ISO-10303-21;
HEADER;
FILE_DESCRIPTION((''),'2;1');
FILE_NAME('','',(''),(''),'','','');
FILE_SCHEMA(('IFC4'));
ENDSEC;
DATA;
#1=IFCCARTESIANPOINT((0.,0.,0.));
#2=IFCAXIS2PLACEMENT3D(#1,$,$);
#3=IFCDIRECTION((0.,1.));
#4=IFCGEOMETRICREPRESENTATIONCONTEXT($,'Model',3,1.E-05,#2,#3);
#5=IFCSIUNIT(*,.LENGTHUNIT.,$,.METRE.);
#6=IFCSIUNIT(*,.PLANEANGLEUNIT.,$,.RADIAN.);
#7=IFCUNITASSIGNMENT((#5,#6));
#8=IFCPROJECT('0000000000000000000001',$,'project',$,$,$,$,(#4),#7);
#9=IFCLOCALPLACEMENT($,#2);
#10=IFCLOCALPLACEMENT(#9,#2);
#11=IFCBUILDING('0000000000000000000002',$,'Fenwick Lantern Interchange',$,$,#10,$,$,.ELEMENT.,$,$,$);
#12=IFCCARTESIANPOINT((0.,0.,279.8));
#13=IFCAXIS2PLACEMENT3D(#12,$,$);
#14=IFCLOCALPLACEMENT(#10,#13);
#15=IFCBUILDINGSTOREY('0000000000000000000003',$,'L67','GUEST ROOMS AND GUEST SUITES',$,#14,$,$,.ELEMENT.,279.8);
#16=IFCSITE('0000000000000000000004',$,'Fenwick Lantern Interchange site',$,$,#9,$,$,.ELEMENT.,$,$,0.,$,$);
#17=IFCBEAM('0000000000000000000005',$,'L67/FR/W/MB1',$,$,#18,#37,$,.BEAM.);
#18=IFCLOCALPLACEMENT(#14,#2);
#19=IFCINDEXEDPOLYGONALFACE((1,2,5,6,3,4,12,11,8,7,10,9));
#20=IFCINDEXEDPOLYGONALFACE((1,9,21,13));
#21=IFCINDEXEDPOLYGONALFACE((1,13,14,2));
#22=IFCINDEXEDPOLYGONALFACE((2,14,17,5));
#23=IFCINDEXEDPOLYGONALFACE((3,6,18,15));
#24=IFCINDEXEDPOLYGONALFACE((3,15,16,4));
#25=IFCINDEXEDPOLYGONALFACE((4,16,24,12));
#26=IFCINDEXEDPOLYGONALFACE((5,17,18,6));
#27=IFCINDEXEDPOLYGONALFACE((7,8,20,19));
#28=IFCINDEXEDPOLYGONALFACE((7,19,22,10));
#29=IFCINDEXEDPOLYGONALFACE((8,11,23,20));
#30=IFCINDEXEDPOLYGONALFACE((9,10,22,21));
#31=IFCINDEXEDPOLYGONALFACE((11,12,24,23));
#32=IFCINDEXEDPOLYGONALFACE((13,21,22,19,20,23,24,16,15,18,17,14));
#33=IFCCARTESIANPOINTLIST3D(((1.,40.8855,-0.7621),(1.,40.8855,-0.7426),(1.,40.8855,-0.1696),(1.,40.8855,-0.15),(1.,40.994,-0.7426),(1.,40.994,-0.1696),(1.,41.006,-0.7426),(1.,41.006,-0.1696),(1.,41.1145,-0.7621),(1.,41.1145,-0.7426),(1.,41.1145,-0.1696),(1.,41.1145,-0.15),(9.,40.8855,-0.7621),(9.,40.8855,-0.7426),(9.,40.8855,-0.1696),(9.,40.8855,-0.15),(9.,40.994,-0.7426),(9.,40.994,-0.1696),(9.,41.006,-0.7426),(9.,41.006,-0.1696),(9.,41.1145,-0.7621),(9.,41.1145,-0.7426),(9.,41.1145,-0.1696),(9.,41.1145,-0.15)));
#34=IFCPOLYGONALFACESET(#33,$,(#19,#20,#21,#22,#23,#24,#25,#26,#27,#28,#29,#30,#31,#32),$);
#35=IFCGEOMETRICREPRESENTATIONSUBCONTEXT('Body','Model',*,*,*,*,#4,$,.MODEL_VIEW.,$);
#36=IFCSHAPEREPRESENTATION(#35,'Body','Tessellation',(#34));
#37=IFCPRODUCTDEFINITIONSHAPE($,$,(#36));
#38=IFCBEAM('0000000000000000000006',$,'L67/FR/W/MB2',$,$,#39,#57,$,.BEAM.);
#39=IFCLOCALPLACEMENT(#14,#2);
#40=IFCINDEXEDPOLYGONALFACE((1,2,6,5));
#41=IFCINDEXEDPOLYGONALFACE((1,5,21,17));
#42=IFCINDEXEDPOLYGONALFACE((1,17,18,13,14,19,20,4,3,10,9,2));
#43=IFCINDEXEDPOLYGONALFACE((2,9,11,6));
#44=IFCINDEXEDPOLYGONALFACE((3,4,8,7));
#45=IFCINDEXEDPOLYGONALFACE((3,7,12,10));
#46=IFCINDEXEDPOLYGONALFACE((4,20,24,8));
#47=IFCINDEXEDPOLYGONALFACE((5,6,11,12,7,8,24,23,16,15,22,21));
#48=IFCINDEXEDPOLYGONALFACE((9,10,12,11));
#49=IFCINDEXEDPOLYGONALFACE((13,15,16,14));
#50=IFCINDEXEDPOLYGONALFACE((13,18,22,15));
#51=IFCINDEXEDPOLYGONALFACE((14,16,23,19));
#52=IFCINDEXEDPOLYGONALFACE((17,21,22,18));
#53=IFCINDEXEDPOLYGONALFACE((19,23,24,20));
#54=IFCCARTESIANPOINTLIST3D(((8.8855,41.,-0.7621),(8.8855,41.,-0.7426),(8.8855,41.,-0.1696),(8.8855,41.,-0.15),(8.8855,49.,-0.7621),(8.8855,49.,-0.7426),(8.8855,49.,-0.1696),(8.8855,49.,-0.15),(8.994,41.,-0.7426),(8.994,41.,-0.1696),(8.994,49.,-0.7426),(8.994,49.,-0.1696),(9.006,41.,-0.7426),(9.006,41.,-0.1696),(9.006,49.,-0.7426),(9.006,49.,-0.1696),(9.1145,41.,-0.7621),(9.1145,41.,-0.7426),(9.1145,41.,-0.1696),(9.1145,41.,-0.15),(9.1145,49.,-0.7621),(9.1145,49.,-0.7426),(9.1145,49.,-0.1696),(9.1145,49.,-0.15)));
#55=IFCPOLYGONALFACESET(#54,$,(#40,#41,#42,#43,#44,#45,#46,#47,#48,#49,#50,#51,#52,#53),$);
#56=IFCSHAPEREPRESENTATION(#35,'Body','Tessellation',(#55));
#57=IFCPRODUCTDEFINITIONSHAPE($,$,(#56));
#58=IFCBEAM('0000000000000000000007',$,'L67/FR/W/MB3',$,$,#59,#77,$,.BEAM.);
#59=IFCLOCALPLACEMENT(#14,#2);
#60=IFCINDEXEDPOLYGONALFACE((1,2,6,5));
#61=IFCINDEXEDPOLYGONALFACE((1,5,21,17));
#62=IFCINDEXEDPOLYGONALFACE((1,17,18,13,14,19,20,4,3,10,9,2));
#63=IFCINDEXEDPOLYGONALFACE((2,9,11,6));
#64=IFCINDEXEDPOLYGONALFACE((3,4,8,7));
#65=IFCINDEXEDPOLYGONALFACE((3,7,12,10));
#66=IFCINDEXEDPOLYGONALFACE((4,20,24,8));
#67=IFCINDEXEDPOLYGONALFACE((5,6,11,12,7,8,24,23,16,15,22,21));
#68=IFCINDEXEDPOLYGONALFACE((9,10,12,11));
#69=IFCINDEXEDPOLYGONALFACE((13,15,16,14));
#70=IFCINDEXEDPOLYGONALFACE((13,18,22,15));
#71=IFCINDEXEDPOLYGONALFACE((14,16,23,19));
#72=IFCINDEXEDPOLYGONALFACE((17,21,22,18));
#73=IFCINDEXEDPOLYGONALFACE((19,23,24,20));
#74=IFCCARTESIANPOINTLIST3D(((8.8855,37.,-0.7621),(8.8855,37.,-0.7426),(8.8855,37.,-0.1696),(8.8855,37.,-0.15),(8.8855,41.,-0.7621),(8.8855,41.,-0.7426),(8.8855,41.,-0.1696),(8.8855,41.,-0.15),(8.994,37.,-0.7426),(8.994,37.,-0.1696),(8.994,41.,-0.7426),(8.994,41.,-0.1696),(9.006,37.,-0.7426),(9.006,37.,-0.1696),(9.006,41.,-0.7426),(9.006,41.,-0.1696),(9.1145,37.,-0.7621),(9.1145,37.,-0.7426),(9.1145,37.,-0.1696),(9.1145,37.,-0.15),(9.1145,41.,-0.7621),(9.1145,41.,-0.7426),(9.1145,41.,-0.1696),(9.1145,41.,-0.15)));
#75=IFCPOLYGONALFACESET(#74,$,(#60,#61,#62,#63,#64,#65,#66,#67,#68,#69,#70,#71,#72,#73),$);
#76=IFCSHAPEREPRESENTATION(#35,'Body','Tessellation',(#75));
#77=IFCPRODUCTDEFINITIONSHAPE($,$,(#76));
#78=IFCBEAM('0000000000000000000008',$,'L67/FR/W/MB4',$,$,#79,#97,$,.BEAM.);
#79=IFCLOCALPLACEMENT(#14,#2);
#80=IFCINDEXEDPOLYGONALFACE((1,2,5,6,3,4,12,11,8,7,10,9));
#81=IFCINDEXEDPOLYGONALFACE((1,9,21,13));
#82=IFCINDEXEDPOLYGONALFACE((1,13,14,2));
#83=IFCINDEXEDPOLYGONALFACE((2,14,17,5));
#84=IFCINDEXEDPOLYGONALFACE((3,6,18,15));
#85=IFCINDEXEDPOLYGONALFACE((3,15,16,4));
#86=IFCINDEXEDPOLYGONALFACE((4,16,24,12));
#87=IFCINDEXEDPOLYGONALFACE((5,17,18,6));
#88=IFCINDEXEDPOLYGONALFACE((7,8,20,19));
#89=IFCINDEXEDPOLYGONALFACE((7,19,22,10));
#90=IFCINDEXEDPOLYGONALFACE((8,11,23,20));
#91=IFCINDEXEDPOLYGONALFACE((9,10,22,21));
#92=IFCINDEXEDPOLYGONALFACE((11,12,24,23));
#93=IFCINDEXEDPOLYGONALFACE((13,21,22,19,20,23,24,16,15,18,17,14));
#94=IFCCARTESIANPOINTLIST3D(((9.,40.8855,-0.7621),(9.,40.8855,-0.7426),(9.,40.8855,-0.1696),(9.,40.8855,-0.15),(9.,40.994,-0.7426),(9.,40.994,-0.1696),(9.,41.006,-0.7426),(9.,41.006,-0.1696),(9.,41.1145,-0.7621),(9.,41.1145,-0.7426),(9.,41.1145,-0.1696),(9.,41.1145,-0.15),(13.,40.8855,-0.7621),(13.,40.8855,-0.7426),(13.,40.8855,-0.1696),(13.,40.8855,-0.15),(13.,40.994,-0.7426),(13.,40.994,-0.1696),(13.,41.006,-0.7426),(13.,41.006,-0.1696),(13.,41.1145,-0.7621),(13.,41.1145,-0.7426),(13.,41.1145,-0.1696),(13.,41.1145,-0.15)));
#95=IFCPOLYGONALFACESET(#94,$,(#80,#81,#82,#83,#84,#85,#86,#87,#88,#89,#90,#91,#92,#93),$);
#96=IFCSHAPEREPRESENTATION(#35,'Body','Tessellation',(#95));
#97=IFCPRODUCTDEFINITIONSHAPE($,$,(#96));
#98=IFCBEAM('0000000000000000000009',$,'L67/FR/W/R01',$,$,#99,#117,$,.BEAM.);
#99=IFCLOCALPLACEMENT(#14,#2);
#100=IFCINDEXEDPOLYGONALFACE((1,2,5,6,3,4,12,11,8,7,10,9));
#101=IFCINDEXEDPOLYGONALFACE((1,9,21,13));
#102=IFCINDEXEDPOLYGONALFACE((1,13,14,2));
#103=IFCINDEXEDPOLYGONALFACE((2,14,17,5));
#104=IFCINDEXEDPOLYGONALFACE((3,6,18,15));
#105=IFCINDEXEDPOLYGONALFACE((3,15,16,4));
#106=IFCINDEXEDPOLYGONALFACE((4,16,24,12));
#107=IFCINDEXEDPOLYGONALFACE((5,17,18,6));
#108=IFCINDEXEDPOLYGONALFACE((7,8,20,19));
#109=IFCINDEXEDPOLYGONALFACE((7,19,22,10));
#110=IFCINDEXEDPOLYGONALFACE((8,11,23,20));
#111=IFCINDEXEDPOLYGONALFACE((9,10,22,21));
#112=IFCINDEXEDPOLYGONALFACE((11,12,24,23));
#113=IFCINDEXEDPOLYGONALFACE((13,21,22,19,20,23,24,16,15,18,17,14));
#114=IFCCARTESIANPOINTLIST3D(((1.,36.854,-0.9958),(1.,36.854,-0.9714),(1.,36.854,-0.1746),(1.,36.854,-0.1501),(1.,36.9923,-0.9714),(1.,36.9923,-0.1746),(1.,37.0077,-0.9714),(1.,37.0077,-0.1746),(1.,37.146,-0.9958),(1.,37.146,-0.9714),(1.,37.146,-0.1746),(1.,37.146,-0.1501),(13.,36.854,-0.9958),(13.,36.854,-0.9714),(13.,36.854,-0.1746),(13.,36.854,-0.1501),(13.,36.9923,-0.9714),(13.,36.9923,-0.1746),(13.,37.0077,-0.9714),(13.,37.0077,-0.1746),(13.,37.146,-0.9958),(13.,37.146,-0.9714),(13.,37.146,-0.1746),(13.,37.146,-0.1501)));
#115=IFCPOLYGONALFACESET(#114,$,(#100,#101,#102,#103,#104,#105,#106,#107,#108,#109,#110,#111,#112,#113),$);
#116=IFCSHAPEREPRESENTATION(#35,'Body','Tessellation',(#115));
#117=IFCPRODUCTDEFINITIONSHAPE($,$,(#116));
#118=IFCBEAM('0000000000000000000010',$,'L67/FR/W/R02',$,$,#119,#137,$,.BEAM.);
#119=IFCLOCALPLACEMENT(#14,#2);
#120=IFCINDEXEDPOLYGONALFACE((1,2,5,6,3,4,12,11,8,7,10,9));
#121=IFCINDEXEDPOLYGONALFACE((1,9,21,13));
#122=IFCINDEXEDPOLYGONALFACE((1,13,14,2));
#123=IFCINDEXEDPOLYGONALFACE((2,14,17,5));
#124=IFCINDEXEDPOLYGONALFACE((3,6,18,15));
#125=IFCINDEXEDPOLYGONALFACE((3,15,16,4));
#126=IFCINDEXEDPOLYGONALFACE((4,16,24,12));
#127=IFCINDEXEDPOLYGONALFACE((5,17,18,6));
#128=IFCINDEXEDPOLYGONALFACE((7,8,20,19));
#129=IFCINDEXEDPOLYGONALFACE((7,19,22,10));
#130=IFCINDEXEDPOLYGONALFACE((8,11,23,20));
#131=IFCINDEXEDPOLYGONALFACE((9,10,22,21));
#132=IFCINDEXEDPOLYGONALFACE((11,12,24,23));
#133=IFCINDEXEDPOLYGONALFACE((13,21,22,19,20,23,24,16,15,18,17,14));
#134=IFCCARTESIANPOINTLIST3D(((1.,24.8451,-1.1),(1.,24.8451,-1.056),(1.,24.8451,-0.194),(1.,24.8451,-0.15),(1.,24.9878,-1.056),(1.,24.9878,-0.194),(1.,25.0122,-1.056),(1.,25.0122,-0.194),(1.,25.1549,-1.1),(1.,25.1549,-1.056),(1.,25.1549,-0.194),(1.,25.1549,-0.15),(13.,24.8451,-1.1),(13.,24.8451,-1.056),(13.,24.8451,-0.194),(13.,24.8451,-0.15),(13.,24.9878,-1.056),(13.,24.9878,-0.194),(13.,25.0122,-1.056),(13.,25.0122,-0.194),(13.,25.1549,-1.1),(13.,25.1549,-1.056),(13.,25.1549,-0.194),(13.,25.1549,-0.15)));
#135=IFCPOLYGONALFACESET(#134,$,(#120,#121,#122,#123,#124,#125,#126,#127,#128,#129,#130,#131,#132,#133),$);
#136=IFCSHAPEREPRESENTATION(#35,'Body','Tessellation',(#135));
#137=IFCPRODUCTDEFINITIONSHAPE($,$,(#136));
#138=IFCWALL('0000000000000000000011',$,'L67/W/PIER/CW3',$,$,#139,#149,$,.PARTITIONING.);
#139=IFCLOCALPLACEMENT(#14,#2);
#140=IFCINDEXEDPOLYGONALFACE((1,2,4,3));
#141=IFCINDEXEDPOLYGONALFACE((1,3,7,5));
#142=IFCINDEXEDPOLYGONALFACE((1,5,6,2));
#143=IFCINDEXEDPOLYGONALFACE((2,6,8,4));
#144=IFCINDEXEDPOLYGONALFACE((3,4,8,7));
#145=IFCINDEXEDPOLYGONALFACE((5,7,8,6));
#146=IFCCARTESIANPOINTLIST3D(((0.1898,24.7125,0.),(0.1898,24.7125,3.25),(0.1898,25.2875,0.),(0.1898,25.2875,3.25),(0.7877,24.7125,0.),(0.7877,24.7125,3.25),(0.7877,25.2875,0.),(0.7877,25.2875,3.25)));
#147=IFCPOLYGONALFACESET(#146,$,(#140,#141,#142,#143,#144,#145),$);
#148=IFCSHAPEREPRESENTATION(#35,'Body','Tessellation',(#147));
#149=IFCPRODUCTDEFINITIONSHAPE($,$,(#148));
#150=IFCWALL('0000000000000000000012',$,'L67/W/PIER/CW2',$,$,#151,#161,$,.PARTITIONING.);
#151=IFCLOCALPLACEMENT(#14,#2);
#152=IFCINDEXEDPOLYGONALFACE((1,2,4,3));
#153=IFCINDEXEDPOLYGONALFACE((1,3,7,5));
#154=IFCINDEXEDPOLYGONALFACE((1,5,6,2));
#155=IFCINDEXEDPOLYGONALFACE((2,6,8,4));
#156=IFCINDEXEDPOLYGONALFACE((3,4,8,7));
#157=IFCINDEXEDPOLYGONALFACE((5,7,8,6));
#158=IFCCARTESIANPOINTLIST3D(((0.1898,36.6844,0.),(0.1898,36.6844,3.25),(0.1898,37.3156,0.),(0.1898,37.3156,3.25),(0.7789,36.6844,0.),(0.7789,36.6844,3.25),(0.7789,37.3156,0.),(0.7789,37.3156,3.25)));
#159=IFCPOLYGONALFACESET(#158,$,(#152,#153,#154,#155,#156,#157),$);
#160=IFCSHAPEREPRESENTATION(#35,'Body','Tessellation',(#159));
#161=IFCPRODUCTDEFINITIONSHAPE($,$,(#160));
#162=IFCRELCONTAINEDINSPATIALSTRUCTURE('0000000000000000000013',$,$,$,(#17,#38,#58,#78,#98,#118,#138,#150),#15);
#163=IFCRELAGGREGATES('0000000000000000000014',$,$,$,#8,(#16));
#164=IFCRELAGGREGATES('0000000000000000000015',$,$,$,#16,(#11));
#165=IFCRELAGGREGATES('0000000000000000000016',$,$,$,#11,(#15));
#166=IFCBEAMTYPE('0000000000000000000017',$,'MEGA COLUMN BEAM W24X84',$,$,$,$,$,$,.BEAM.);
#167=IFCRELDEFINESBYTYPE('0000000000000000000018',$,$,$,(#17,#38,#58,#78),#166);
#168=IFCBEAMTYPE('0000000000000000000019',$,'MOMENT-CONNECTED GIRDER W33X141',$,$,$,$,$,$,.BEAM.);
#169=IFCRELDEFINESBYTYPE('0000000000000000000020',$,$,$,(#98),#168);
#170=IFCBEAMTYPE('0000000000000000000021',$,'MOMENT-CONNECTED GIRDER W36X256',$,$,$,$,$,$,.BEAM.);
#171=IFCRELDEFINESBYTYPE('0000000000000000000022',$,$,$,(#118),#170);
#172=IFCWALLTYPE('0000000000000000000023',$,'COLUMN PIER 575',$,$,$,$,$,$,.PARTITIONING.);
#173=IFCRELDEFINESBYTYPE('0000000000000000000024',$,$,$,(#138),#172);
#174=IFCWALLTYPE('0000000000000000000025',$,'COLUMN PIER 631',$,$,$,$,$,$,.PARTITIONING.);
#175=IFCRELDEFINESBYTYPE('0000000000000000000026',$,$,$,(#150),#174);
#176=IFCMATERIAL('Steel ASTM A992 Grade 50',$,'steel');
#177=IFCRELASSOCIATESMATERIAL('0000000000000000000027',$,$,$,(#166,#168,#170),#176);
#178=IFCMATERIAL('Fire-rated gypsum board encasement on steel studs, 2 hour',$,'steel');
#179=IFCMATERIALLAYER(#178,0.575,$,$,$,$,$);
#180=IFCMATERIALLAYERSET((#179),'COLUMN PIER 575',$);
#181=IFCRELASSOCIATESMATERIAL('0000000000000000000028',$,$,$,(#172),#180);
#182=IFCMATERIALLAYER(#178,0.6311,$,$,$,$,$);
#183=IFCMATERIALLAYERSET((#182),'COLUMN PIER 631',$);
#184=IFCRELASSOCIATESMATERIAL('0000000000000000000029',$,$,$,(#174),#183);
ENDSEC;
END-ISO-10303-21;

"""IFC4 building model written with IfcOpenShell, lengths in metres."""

from ifc_helpers import new_model, si_unit, direction, frame, frame_2d, origin, origin_2d, place, context, subcontext, project, spatial, rectangle, i_section, extrude, material, layer, layer_set, material_profile, profile_set, type_object, element, save


model = new_model("IFC4")

# Units and contexts
model_context = context("Model", 3, precision=1e-05, world=origin(), true_north=direction((0.0, 1.0)))
body_context = subcontext(model_context, "Body", "Model", "MODEL_VIEW")
ifc_project = project(units=[si_unit("LENGTHUNIT", "METRE"), si_unit("PLANEANGLEUNIT", "RADIAN")], contexts=[model_context])

# Site, building, storey
site_placement = place(None, origin())
site = spatial("IfcSite", under=ifc_project, at=site_placement, Name="Fenwick Lantern Interchange site", CompositionType="ELEMENT", RefElevation=0.0)
building_placement = place(site_placement, origin())
building = spatial("IfcBuilding", under=site, at=building_placement, Name="Fenwick Lantern Interchange", CompositionType="ELEMENT")
storey_placement = place(building_placement, frame((0.0, 0.0, 279.8)))
storey = spatial("IfcBuildingStorey", under=building, at=storey_placement, Name="L67", Description="GUEST ROOMS AND GUEST SUITES", CompositionType="ELEMENT", Elevation=279.8)

# Shared definitions
ifc_material_1 = material(Name="Steel ASTM A992 Grade 50", Category="steel")

# Beams
ifc_material_profile_1 = material_profile(ifc_material_1, i_section(OverallWidth=0.229, OverallDepth=0.6121, WebThickness=0.012, FlangeThickness=0.0195, at=origin_2d()), Name="W24X84")
ifc_profile_set_1 = profile_set([ifc_material_profile_1], Name="Steel ASTM A992 Grade 50")
beam_type_1 = type_object("IfcBeamType", Name="MEGA COLUMN BEAM W24X84", PredefinedType="BEAM", material=ifc_profile_set_1)
for number, where, z_axis, x_axis, name in (
    (1, (9.0, 41.0, -0.4561), (-1.0, 0.0, 0.0), (0.0, -1.0, 0.0), "L67/FR/W/MB1"),
    (2, (9.0, 41.0, -0.4561), (0.0, 1.0, 0.0), (-1.0, 0.0, 0.0), "L67/FR/W/MB2"),
):
    element("IfcBeam", number, at=place(storey_placement, frame(where, z_axis=z_axis, x_axis=x_axis)), inside=storey, type_object=beam_type_1, Name=name, PredefinedType="BEAM", context=body_context, shape_type="SweptSolid", body=[
        extrude(i_section(OverallWidth=0.229, OverallDepth=0.6121, WebThickness=0.012, FlangeThickness=0.0195, at=origin_2d()), origin(), (0.0, 0.0, 1.0), 8.0),
    ])
for number, where, z_axis, x_axis, name in (
    (3, (9.0, 41.0, -0.4561), (0.0, -1.0, 0.0), (1.0, 0.0, 0.0), "L67/FR/W/MB3"),
    (4, (9.0, 41.0, -0.4561), (1.0, 0.0, 0.0), (0.0, 1.0, 0.0), "L67/FR/W/MB4"),
):
    element("IfcBeam", number, at=place(storey_placement, frame(where, z_axis=z_axis, x_axis=x_axis)), inside=storey, type_object=beam_type_1, Name=name, PredefinedType="BEAM", context=body_context, shape_type="SweptSolid", body=[
        extrude(i_section(OverallWidth=0.229, OverallDepth=0.6121, WebThickness=0.012, FlangeThickness=0.0195, at=origin_2d()), origin(), (0.0, 0.0, 1.0), 4.0),
    ])
ifc_material_profile_2 = material_profile(ifc_material_1, i_section(OverallWidth=0.292, OverallDepth=0.8457, WebThickness=0.0154, FlangeThickness=0.0244, at=origin_2d()), Name="W33X141")
ifc_profile_set_2 = profile_set([ifc_material_profile_2], Name="Steel ASTM A992 Grade 50")
beam_type_2 = type_object("IfcBeamType", Name="MOMENT-CONNECTED GIRDER W33X141", PredefinedType="BEAM", material=ifc_profile_set_2)
beam_1_placement = place(storey_placement, frame((1.0, 37.0, -0.573), z_axis=(1.0, 0.0, 0.0), x_axis=(0.0, 1.0, 0.0)))
element("IfcBeam", 5, at=beam_1_placement, inside=storey, type_object=beam_type_2, Name="L67/FR/W/R01", PredefinedType="BEAM", context=body_context, shape_type="SweptSolid", body=[
    extrude(i_section(OverallWidth=0.292, OverallDepth=0.8457, WebThickness=0.0154, FlangeThickness=0.0244, at=origin_2d()), origin(), (0.0, 0.0, 1.0), 12.0),
])
ifc_material_profile_3 = material_profile(ifc_material_1, i_section(OverallWidth=0.3098, OverallDepth=0.95, WebThickness=0.0244, FlangeThickness=0.0439, at=origin_2d()), Name="W36X256")
ifc_profile_set_3 = profile_set([ifc_material_profile_3], Name="Steel ASTM A992 Grade 50")
beam_type_3 = type_object("IfcBeamType", Name="MOMENT-CONNECTED GIRDER W36X256", PredefinedType="BEAM", material=ifc_profile_set_3)
beam_2_placement = place(storey_placement, frame((1.0, 25.0, -0.625), z_axis=(1.0, 0.0, 0.0), x_axis=(0.0, 1.0, 0.0)))
element("IfcBeam", 6, at=beam_2_placement, inside=storey, type_object=beam_type_3, Name="L67/FR/W/R02", PredefinedType="BEAM", context=body_context, shape_type="SweptSolid", body=[
    extrude(i_section(OverallWidth=0.3098, OverallDepth=0.95, WebThickness=0.0244, FlangeThickness=0.0439, at=origin_2d()), origin(), (0.0, 0.0, 1.0), 12.0),
])

# Walls
ifc_material_2 = material(Name="Fire-rated gypsum board encasement on steel studs, 2 hour", Category="steel")
ifc_layer_1 = layer(ifc_material_2, 0.575)
ifc_layer_set_1 = layer_set([ifc_layer_1], Name="COLUMN PIER 575")
wall_type_1 = type_object("IfcWallType", Name="COLUMN PIER 575", PredefinedType="PARTITIONING", material=ifc_layer_set_1)
wall_1_placement = place(storey_placement, frame((0.1899, 25.0, 0.0), z_axis=(0.0, 0.0, 1.0), x_axis=(1.0, 0.0, 0.0)))
element("IfcWall", 7, at=wall_1_placement, inside=storey, type_object=wall_type_1, Name="L67/W/PIER/CW3", PredefinedType="PARTITIONING", context=body_context, shape_type="SweptSolid", body=[
    extrude(rectangle(XDim=0.5979, YDim=0.575, at=frame_2d((0.2988, 0.0))), origin(), (0.0, 0.0, 1.0), 3.25),
])
ifc_layer_2 = layer(ifc_material_2, 0.6311)
ifc_layer_set_2 = layer_set([ifc_layer_2], Name="COLUMN PIER 631")
wall_type_2 = type_object("IfcWallType", Name="COLUMN PIER 631", PredefinedType="PARTITIONING", material=ifc_layer_set_2)
wall_2_placement = place(storey_placement, frame((0.1899, 37.0, 0.0), z_axis=(0.0, 0.0, 1.0), x_axis=(1.0, 0.0, 0.0)))
element("IfcWall", 8, at=wall_2_placement, inside=storey, type_object=wall_type_2, Name="L67/W/PIER/CW2", PredefinedType="PARTITIONING", context=body_context, shape_type="SweptSolid", body=[
    extrude(rectangle(XDim=0.5891, YDim=0.6311, at=frame_2d((0.2944, 0.0))), origin(), (0.0, 0.0, 1.0), 3.25),
])

save(model, "model.ifc")
